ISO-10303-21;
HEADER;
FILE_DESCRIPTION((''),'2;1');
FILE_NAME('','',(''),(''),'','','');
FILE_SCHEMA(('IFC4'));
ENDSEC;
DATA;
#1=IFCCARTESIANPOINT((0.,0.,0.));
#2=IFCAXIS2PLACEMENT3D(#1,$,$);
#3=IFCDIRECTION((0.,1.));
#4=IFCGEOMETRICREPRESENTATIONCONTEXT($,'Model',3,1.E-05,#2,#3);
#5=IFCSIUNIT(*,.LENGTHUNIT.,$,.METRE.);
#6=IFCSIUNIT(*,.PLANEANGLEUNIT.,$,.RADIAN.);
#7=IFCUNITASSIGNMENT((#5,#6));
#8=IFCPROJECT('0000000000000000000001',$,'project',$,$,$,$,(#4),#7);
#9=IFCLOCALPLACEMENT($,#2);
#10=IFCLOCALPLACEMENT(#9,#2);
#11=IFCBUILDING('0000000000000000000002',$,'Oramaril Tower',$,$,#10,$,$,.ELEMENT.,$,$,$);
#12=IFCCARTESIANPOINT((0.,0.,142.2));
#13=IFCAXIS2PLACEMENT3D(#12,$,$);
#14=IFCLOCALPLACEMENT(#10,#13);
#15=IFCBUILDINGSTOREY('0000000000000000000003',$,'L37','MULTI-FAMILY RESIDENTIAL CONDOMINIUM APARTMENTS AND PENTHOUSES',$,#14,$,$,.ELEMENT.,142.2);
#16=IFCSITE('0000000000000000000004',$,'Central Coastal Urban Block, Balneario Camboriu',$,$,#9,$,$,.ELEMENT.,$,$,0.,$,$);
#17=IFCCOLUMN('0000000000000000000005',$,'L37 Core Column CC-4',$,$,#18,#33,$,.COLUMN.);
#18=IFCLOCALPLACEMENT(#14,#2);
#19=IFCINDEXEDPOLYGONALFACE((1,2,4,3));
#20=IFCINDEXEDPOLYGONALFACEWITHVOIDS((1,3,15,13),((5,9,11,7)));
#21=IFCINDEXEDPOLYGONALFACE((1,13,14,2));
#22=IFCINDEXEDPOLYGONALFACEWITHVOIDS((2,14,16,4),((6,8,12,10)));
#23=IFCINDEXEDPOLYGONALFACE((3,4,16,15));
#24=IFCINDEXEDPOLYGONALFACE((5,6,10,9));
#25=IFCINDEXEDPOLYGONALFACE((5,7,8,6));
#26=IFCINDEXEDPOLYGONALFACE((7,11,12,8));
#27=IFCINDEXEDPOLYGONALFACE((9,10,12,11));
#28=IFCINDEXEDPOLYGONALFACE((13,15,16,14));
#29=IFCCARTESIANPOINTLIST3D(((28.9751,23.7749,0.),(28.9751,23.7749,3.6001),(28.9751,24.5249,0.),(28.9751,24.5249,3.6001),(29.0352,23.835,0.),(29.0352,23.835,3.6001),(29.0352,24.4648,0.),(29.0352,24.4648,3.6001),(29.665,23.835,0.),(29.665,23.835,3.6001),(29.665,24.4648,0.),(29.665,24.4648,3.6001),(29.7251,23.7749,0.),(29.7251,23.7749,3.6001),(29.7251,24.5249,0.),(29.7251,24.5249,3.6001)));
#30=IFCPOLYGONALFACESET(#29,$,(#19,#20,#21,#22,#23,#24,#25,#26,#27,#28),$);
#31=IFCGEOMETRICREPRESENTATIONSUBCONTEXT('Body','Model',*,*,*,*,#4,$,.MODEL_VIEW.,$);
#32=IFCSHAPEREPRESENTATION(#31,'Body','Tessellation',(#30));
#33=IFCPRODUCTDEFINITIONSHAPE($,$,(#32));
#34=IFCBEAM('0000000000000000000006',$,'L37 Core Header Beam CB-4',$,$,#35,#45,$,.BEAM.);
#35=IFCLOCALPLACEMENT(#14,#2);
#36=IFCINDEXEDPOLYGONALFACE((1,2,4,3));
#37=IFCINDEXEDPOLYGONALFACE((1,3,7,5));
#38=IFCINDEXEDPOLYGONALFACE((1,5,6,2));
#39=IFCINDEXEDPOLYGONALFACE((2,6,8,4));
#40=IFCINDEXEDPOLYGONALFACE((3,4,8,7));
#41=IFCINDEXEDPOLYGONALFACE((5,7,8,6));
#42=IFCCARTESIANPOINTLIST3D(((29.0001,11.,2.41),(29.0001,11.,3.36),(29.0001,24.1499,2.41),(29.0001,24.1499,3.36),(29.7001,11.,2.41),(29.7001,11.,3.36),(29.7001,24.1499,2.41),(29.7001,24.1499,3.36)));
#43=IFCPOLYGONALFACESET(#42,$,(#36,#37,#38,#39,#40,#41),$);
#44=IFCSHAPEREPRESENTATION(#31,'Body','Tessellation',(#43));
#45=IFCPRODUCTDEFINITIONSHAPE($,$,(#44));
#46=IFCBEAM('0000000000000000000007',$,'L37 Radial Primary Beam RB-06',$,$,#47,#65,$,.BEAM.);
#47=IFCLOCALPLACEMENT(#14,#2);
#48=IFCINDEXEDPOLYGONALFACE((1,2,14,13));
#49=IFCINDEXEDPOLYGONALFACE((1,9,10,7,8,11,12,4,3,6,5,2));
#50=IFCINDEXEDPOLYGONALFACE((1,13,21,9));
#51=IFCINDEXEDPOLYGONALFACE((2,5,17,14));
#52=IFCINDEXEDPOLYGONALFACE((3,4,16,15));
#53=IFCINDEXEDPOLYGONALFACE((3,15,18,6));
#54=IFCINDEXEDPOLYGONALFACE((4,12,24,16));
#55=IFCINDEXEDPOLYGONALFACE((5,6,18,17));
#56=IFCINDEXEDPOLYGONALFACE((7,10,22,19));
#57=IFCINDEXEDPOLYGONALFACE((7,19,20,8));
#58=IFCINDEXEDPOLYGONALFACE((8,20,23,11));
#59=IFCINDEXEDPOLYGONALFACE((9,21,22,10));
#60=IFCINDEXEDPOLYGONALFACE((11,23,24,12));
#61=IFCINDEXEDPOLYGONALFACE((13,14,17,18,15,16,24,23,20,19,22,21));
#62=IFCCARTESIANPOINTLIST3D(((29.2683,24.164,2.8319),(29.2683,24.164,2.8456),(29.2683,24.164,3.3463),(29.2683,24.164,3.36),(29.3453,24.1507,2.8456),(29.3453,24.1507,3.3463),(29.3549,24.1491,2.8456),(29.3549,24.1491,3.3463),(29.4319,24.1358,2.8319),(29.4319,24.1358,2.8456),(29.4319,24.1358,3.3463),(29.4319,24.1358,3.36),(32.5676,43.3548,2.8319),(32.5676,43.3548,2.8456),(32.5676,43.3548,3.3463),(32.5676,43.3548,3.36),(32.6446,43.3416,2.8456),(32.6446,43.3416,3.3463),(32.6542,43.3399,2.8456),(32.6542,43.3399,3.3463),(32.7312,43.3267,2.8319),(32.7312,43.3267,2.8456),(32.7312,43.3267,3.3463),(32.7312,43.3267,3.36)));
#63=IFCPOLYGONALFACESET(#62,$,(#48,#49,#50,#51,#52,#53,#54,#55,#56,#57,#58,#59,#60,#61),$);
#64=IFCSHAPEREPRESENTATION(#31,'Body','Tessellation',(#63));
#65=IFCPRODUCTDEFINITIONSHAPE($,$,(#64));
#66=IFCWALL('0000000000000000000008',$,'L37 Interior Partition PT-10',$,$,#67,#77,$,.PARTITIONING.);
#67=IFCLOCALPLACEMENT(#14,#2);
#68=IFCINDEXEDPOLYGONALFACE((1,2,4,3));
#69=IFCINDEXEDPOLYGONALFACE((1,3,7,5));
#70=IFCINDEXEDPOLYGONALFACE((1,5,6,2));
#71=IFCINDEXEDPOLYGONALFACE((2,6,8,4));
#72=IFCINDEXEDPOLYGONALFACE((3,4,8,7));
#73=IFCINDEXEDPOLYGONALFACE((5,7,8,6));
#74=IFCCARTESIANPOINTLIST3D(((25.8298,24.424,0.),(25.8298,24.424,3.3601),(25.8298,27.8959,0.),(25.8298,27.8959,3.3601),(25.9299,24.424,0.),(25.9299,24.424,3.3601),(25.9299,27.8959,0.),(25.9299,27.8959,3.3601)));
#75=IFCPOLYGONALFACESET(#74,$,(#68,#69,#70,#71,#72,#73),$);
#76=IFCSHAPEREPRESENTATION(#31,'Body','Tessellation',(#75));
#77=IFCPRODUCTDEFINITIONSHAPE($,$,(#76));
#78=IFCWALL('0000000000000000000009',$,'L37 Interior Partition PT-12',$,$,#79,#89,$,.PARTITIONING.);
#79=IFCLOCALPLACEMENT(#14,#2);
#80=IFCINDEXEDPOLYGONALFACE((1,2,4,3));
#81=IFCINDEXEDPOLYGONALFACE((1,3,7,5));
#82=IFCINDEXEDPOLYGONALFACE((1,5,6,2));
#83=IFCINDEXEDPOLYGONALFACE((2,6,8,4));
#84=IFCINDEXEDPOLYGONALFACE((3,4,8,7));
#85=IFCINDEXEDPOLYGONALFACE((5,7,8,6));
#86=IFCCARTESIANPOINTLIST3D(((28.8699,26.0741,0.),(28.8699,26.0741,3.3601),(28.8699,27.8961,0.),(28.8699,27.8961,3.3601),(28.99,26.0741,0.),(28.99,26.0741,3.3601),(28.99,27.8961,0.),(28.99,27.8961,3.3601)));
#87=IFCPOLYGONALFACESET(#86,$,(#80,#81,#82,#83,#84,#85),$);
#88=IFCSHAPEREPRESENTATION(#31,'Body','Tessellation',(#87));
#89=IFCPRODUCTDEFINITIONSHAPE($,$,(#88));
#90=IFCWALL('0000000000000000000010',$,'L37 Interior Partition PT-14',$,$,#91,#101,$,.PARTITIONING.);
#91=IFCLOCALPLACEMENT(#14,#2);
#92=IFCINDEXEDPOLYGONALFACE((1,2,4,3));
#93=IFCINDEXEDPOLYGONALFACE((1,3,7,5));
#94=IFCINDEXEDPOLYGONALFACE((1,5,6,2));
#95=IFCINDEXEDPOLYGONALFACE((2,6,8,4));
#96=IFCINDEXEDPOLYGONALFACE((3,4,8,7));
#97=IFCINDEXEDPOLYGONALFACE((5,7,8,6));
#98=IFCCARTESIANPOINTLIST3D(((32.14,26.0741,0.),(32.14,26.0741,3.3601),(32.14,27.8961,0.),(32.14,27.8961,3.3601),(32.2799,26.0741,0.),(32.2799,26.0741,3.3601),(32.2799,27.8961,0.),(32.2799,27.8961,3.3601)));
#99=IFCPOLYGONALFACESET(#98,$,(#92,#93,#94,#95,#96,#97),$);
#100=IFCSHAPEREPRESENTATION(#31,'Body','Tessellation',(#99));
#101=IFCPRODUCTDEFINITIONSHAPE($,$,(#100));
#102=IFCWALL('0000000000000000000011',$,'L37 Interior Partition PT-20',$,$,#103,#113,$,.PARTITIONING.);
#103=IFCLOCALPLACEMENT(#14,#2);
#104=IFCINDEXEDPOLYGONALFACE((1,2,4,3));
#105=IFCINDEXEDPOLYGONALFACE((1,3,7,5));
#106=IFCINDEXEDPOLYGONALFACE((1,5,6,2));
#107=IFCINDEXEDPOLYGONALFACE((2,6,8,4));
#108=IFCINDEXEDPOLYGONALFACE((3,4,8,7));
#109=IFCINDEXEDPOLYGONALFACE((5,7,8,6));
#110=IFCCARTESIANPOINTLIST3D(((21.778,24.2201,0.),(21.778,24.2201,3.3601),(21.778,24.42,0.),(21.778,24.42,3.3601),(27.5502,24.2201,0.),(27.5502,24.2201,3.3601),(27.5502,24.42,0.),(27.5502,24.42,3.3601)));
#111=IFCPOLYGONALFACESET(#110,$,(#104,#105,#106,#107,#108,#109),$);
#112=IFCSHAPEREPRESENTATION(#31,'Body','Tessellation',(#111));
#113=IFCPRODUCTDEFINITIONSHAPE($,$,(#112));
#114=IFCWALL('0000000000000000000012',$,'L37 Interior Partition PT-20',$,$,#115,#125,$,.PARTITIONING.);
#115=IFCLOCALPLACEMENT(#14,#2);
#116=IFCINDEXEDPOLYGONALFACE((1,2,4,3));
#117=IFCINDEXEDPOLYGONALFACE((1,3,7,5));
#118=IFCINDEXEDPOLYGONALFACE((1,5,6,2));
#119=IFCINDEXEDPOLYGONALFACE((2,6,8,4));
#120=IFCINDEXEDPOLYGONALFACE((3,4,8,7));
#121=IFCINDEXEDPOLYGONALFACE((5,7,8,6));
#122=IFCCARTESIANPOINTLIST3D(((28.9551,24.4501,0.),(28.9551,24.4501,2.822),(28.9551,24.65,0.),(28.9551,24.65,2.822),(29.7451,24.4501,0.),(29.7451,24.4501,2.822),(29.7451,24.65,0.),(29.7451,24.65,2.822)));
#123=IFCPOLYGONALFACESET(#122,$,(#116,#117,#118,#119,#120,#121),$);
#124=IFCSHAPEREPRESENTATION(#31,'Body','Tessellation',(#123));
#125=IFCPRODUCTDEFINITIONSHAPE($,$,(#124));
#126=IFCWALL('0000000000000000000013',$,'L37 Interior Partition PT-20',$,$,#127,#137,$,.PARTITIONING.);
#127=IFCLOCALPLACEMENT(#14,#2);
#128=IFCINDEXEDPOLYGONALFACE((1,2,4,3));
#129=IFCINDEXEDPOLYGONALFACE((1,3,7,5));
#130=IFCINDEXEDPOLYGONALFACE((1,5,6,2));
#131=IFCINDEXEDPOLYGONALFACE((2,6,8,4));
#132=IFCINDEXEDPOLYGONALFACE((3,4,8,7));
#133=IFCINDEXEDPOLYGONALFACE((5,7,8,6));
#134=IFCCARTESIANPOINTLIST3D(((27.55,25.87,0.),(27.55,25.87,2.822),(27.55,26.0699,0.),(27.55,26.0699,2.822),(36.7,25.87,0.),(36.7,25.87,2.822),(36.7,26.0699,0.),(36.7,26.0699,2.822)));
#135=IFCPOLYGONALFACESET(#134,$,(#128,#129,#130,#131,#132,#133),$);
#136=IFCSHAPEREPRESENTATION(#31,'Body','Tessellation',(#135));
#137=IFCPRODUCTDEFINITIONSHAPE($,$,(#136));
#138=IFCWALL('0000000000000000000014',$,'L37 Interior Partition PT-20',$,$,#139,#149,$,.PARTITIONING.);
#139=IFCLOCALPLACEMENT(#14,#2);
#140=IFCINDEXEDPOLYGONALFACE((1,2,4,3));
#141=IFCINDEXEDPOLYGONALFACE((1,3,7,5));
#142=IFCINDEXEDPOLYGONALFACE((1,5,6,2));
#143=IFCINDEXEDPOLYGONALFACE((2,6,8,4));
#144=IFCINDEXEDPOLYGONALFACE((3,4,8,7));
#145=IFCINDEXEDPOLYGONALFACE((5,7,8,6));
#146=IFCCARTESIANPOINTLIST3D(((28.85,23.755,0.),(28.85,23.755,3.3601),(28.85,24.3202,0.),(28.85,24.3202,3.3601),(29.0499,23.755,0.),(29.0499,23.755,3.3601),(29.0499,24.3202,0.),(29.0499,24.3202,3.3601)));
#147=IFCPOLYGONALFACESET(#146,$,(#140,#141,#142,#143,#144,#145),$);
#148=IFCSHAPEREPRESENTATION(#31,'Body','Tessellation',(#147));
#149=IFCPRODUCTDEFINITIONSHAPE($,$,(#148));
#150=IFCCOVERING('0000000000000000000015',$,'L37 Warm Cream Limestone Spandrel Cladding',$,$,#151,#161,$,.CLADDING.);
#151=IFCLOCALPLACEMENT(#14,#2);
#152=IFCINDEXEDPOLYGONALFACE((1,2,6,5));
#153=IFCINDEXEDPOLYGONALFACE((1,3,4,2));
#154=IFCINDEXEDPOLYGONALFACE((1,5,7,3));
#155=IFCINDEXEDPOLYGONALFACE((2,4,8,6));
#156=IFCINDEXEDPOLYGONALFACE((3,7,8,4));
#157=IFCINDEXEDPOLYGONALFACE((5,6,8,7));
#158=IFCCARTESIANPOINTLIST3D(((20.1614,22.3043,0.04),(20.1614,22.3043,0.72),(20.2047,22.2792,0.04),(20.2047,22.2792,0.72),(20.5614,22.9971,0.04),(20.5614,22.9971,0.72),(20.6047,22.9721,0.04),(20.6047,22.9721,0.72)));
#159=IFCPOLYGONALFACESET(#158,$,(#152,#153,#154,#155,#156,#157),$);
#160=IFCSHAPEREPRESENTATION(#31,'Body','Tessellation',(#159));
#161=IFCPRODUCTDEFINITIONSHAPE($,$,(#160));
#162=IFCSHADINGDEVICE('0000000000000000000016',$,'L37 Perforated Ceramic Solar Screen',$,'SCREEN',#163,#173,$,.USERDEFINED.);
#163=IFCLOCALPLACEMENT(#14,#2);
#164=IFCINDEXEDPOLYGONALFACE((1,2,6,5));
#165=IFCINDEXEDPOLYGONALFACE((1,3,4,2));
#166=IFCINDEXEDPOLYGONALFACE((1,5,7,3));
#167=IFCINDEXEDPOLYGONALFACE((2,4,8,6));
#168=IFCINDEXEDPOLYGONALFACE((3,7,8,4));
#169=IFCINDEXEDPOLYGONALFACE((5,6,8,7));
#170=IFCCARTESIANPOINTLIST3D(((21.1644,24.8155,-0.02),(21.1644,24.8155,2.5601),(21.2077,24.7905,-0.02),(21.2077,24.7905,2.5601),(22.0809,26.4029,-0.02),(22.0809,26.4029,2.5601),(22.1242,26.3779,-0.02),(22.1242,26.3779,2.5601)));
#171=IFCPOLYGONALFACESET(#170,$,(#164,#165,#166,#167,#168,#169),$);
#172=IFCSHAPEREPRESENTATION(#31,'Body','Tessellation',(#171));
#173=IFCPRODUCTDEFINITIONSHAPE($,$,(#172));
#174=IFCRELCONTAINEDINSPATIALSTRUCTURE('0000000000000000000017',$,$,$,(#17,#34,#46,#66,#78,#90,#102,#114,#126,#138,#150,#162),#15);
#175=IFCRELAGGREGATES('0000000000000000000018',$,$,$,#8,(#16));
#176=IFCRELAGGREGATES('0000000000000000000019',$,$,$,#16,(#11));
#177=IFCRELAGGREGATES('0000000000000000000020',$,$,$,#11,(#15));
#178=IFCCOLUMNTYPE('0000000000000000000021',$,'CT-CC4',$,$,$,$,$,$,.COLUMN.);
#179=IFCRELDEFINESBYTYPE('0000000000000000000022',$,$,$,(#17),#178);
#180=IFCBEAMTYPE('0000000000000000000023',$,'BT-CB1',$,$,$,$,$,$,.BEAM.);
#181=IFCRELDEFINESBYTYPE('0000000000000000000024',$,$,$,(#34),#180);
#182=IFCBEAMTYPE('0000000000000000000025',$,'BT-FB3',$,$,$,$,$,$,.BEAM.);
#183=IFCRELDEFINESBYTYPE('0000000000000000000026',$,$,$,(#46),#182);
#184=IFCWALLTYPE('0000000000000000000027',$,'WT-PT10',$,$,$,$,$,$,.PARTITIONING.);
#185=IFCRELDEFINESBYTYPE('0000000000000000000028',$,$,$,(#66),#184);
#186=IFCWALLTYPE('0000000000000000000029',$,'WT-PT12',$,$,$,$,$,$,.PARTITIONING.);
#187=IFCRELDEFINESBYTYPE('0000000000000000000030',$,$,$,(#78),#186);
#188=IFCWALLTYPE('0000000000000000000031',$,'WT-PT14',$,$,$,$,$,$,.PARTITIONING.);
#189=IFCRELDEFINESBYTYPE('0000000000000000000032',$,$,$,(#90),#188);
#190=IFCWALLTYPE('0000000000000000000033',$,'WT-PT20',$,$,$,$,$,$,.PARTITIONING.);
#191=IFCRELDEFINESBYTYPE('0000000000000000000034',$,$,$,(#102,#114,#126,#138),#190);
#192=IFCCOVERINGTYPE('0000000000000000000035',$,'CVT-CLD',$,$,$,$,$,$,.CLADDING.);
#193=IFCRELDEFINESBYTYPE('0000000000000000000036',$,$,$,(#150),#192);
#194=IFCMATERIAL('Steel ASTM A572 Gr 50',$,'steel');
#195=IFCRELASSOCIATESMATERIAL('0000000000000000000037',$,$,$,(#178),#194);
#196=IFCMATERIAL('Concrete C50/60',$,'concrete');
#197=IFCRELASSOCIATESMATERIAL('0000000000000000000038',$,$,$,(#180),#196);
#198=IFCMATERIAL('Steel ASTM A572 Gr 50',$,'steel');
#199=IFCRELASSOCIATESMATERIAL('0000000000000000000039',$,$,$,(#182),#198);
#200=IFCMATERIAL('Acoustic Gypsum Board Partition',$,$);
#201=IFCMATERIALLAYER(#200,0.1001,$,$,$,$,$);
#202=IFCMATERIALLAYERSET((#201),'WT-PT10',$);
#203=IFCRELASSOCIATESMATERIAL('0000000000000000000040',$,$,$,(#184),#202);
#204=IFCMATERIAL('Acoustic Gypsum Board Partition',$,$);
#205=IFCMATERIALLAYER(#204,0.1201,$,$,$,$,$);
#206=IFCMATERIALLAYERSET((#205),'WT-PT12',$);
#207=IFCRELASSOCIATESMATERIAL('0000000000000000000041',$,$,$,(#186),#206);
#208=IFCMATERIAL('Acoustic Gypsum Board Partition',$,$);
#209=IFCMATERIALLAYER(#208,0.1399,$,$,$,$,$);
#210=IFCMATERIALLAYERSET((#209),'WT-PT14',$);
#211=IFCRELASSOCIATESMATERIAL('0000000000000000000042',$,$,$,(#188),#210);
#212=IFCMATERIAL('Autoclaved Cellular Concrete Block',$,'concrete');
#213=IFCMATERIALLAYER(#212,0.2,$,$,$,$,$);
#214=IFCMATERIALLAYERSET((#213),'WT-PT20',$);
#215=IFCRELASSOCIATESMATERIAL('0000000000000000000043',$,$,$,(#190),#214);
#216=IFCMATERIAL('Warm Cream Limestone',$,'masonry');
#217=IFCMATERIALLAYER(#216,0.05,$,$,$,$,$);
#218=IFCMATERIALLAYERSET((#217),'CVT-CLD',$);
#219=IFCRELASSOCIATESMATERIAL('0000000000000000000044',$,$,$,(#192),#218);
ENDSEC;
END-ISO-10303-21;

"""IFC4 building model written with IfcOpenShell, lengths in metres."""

from ifc_helpers import new_model, si_unit, direction, frame, frame_2d, origin, origin_2d, place, context, subcontext, project, spatial, rectangle, hollow_rectangle, i_section, extrude, material, layer, layer_set, material_profile, profile_set, type_object, element, save


model = new_model("IFC4")

# Units and contexts
model_context = context("Model", 3, precision=1e-05, world=origin(), true_north=direction((0.0, 1.0)))
body_context = subcontext(model_context, "Body", "Model", "MODEL_VIEW")
ifc_project = project(units=[si_unit("LENGTHUNIT", "METRE"), si_unit("PLANEANGLEUNIT", "RADIAN")], contexts=[model_context])

# Site, building, storey
site_placement = place(None, origin())
site = spatial("IfcSite", under=ifc_project, at=site_placement, Name="Central Coastal Urban Block, Balneario Camboriu", CompositionType="ELEMENT", RefElevation=0.0)
building_placement = place(site_placement, origin())
building = spatial("IfcBuilding", under=site, at=building_placement, Name="Oramaril Tower", CompositionType="ELEMENT")
storey_placement = place(building_placement, frame((0.0, 0.0, 142.2)))
storey = spatial("IfcBuildingStorey", under=building, at=storey_placement, Name="L37", Description="MULTI-FAMILY RESIDENTIAL CONDOMINIUM APARTMENTS AND PENTHOUSES", CompositionType="ELEMENT", Elevation=142.2)

# Column
ifc_material_1 = material(Name="Steel ASTM A572 Gr 50", Category="steel")
ifc_material_profile_1 = material_profile(ifc_material_1, hollow_rectangle(XDim=0.75, YDim=0.75, WallThickness=0.0601, at=origin_2d()), Name="BOX750X750X60")
ifc_profile_set_1 = profile_set([ifc_material_profile_1], Name="Steel ASTM A572 Gr 50")
column_type = type_object("IfcColumnType", Name="CT-CC4", PredefinedType="COLUMN", material=ifc_profile_set_1)
column_placement = place(storey_placement, frame((29.3501, 24.1499, 0.0), z_axis=(0.0, 0.0, 1.0), x_axis=(1.0, 0.0, 0.0)))
element("IfcColumn", 1, at=column_placement, inside=storey, type_object=column_type, Name="L37 Core Column CC-4", PredefinedType="COLUMN", context=body_context, shape_type="SweptSolid", body=[
    extrude(hollow_rectangle(XDim=0.75, YDim=0.75, WallThickness=0.0601, at=origin_2d()), origin(), (0.0, 0.0, 1.0), 3.6001),
])

# Beams
ifc_material_2 = material(Name="Concrete C50/60", Category="concrete")
ifc_material_profile_2 = material_profile(ifc_material_2, rectangle(XDim=0.7, YDim=0.95, at=origin_2d()), Name="CB700X950")
ifc_profile_set_2 = profile_set([ifc_material_profile_2], Name="Concrete C50/60")
beam_type_1 = type_object("IfcBeamType", Name="BT-CB1", PredefinedType="BEAM", material=ifc_profile_set_2)
beam_1_placement = place(storey_placement, frame((29.3501, 24.1499, 2.885), z_axis=(0.0, -1.0, 0.0), x_axis=(1.0, 0.0, 0.0)))
element("IfcBeam", 2, at=beam_1_placement, inside=storey, type_object=beam_type_1, Name="L37 Core Header Beam CB-4", PredefinedType="BEAM", context=body_context, shape_type="SweptSolid", body=[
    extrude(rectangle(XDim=0.7, YDim=0.95, at=origin_2d()), origin(), (0.0, 0.0, 1.0), 13.1499),
])
ifc_material_3 = material(Name="Steel ASTM A572 Gr 50", Category="steel")
ifc_material_profile_3 = material_profile(ifc_material_3, i_section(OverallWidth=0.166, OverallDepth=0.5281, WebThickness=0.0098, FlangeThickness=0.0137, at=origin_2d()), Name="W21X50")
ifc_profile_set_3 = profile_set([ifc_material_profile_3], Name="Steel ASTM A572 Gr 50")
beam_type_2 = type_object("IfcBeamType", Name="BT-FB3", PredefinedType="BEAM", material=ifc_profile_set_3)
beam_2_placement = place(storey_placement, frame((29.3501, 24.1499, 3.0959), z_axis=(0.169435, 0.985541, 0.0), x_axis=(-0.985541, 0.169435, 0.0)))
element("IfcBeam", 3, at=beam_2_placement, inside=storey, type_object=beam_type_2, Name="L37 Radial Primary Beam RB-06", PredefinedType="BEAM", context=body_context, shape_type="SweptSolid", body=[
    extrude(i_section(OverallWidth=0.166, OverallDepth=0.5281, WebThickness=0.0098, FlangeThickness=0.0137, at=origin_2d()), origin(), (0.0, 0.0, 1.0), 19.4724),
])

# Walls
ifc_material_4 = material(Name="Acoustic Gypsum Board Partition")
ifc_layer_1 = layer(ifc_material_4, 0.1001)
ifc_layer_set_1 = layer_set([ifc_layer_1], Name="WT-PT10")
wall_type_1 = type_object("IfcWallType", Name="WT-PT10", PredefinedType="PARTITIONING", material=ifc_layer_set_1)
wall_1_placement = place(storey_placement, frame((25.8799, 24.4241, 0.0), z_axis=(0.0, 0.0, 1.0), x_axis=(0.0, 1.0, 0.0)))
element("IfcWall", 4, at=wall_1_placement, inside=storey, type_object=wall_type_1, Name="L37 Interior Partition PT-10", PredefinedType="PARTITIONING", context=body_context, shape_type="SweptSolid", body=[
    extrude(rectangle(XDim=3.4719, YDim=0.1001, at=frame_2d((1.7358, 0.0))), origin(), (0.0, 0.0, 1.0), 3.3601),
])
ifc_material_5 = material(Name="Acoustic Gypsum Board Partition")
ifc_layer_2 = layer(ifc_material_5, 0.1201)
ifc_layer_set_2 = layer_set([ifc_layer_2], Name="WT-PT12")
wall_type_2 = type_object("IfcWallType", Name="WT-PT12", PredefinedType="PARTITIONING", material=ifc_layer_set_2)
wall_2_placement = place(storey_placement, frame((28.9299, 26.074, 0.0), z_axis=(0.0, 0.0, 1.0), x_axis=(0.0, 1.0, 0.0)))
element("IfcWall", 5, at=wall_2_placement, inside=storey, type_object=wall_type_2, Name="L37 Interior Partition PT-12", PredefinedType="PARTITIONING", context=body_context, shape_type="SweptSolid", body=[
    extrude(rectangle(XDim=1.822, YDim=0.1201, at=frame_2d((0.9111, 0.0))), origin(), (0.0, 0.0, 1.0), 3.3601),
])

# Shared definitions
ifc_material_6 = material(Name="Acoustic Gypsum Board Partition")
ifc_layer_3 = layer(ifc_material_6, 0.1399)
ifc_layer_set_3 = layer_set([ifc_layer_3], Name="WT-PT14")
wall_type_3 = type_object("IfcWallType", Name="WT-PT14", PredefinedType="PARTITIONING", material=ifc_layer_set_3)

# Walls
wall_3_placement = place(storey_placement, frame((32.21, 26.074, 0.0), z_axis=(0.0, 0.0, 1.0), x_axis=(0.0, 1.0, 0.0)))
element("IfcWall", 6, at=wall_3_placement, inside=storey, type_object=wall_type_3, Name="L37 Interior Partition PT-14", PredefinedType="PARTITIONING", context=body_context, shape_type="SweptSolid", body=[
    extrude(rectangle(XDim=1.822, YDim=0.1399, at=frame_2d((0.9111, 0.0))), origin(), (0.0, 0.0, 1.0), 3.3601),
])
ifc_material_7 = material(Name="Autoclaved Cellular Concrete Block", Category="concrete")
ifc_layer_4 = layer(ifc_material_7, 0.2)
ifc_layer_set_4 = layer_set([ifc_layer_4], Name="WT-PT20")
wall_type_4 = type_object("IfcWallType", Name="WT-PT20", PredefinedType="PARTITIONING", material=ifc_layer_set_4)
wall_4_placement = place(storey_placement, frame((21.7778, 24.3201, 0.0), z_axis=(0.0, 0.0, 1.0), x_axis=(1.0, 0.0, 0.0)))
element("IfcWall", 7, at=wall_4_placement, inside=storey, type_object=wall_type_4, Name="L37 Interior Partition PT-20", PredefinedType="PARTITIONING", context=body_context, shape_type="SweptSolid", body=[
    extrude(rectangle(XDim=5.7722, YDim=0.2, at=frame_2d((2.8862, 0.0))), origin(), (0.0, 0.0, 1.0), 3.3601),
])
wall_5_placement = place(storey_placement, frame((28.9551, 24.55, 0.0), z_axis=(0.0, 0.0, 1.0), x_axis=(1.0, 0.0, 0.0)))
element("IfcWall", 8, at=wall_5_placement, inside=storey, type_object=wall_type_4, Name="L37 Interior Partition PT-20", PredefinedType="PARTITIONING", context=body_context, shape_type="SweptSolid", body=[
    extrude(rectangle(XDim=0.79, YDim=0.2, at=frame_2d((0.395, 0.0))), origin(), (0.0, 0.0, 1.0), 2.822),
])
wall_6_placement = place(storey_placement, frame((27.55, 25.97, 0.0), z_axis=(0.0, 0.0, 1.0), x_axis=(1.0, 0.0, 0.0)))
element("IfcWall", 9, at=wall_6_placement, inside=storey, type_object=wall_type_4, Name="L37 Interior Partition PT-20", PredefinedType="PARTITIONING", context=body_context, shape_type="SweptSolid", body=[
    extrude(rectangle(XDim=9.1499, YDim=0.2, at=frame_2d((4.575, 0.0))), origin(), (0.0, 0.0, 1.0), 2.822),
])
wall_7_placement = place(storey_placement, frame((28.95, 23.7549, 0.0), z_axis=(0.0, 0.0, 1.0), x_axis=(0.0, 1.0, 0.0)))
element("IfcWall", 10, at=wall_7_placement, inside=storey, type_object=wall_type_4, Name="L37 Interior Partition PT-20", PredefinedType="PARTITIONING", context=body_context, shape_type="SweptSolid", body=[
    extrude(rectangle(XDim=0.5652, YDim=0.2, at=frame_2d((0.2827, 0.0))), origin(), (0.0, 0.0, 1.0), 3.3601),
])

# Covering
ifc_material_8 = material(Name="Warm Cream Limestone", Category="masonry")
ifc_layer_5 = layer(ifc_material_8, 0.05)
ifc_layer_set_5 = layer_set([ifc_layer_5], Name="CVT-CLD")
covering_type = type_object("IfcCoveringType", Name="CVT-CLD", PredefinedType="CLADDING", material=ifc_layer_set_5)
covering_placement = place(storey_placement, frame((20.3831, 22.6382, 0.04), z_axis=(0.0, 0.0, 1.0), x_axis=(-0.499998, -0.866026, 0.0)))
element("IfcCovering", 11, at=covering_placement, inside=storey, type_object=covering_type, Name="L37 Warm Cream Limestone Spandrel Cladding", PredefinedType="CLADDING", context=body_context, shape_type="SweptSolid", body=[
    extrude(rectangle(XDim=0.8, YDim=0.05, at=origin_2d()), origin(), (0.0, 0.0, 1.0), 0.6799),
])

# Shading device
for number, where, z_axis, x_axis, name in (
    (12, (21.6443, 25.5967, -0.02), (0.0, 0.0, 1.0), (-0.499998, -0.866026, 0.0), "L37 Perforated Ceramic Solar Screen"),
):
    element("IfcShadingDevice", number, at=place(storey_placement, frame(where, z_axis=z_axis, x_axis=x_axis)), inside=storey, Name=name, ObjectType="SCREEN", PredefinedType="USERDEFINED", context=body_context, shape_type="SweptSolid", body=[
        extrude(rectangle(XDim=1.833, YDim=0.05, at=origin_2d()), origin(), (0.0, 0.0, 1.0), 2.5801),
    ])

save(model, "model.ifc")
